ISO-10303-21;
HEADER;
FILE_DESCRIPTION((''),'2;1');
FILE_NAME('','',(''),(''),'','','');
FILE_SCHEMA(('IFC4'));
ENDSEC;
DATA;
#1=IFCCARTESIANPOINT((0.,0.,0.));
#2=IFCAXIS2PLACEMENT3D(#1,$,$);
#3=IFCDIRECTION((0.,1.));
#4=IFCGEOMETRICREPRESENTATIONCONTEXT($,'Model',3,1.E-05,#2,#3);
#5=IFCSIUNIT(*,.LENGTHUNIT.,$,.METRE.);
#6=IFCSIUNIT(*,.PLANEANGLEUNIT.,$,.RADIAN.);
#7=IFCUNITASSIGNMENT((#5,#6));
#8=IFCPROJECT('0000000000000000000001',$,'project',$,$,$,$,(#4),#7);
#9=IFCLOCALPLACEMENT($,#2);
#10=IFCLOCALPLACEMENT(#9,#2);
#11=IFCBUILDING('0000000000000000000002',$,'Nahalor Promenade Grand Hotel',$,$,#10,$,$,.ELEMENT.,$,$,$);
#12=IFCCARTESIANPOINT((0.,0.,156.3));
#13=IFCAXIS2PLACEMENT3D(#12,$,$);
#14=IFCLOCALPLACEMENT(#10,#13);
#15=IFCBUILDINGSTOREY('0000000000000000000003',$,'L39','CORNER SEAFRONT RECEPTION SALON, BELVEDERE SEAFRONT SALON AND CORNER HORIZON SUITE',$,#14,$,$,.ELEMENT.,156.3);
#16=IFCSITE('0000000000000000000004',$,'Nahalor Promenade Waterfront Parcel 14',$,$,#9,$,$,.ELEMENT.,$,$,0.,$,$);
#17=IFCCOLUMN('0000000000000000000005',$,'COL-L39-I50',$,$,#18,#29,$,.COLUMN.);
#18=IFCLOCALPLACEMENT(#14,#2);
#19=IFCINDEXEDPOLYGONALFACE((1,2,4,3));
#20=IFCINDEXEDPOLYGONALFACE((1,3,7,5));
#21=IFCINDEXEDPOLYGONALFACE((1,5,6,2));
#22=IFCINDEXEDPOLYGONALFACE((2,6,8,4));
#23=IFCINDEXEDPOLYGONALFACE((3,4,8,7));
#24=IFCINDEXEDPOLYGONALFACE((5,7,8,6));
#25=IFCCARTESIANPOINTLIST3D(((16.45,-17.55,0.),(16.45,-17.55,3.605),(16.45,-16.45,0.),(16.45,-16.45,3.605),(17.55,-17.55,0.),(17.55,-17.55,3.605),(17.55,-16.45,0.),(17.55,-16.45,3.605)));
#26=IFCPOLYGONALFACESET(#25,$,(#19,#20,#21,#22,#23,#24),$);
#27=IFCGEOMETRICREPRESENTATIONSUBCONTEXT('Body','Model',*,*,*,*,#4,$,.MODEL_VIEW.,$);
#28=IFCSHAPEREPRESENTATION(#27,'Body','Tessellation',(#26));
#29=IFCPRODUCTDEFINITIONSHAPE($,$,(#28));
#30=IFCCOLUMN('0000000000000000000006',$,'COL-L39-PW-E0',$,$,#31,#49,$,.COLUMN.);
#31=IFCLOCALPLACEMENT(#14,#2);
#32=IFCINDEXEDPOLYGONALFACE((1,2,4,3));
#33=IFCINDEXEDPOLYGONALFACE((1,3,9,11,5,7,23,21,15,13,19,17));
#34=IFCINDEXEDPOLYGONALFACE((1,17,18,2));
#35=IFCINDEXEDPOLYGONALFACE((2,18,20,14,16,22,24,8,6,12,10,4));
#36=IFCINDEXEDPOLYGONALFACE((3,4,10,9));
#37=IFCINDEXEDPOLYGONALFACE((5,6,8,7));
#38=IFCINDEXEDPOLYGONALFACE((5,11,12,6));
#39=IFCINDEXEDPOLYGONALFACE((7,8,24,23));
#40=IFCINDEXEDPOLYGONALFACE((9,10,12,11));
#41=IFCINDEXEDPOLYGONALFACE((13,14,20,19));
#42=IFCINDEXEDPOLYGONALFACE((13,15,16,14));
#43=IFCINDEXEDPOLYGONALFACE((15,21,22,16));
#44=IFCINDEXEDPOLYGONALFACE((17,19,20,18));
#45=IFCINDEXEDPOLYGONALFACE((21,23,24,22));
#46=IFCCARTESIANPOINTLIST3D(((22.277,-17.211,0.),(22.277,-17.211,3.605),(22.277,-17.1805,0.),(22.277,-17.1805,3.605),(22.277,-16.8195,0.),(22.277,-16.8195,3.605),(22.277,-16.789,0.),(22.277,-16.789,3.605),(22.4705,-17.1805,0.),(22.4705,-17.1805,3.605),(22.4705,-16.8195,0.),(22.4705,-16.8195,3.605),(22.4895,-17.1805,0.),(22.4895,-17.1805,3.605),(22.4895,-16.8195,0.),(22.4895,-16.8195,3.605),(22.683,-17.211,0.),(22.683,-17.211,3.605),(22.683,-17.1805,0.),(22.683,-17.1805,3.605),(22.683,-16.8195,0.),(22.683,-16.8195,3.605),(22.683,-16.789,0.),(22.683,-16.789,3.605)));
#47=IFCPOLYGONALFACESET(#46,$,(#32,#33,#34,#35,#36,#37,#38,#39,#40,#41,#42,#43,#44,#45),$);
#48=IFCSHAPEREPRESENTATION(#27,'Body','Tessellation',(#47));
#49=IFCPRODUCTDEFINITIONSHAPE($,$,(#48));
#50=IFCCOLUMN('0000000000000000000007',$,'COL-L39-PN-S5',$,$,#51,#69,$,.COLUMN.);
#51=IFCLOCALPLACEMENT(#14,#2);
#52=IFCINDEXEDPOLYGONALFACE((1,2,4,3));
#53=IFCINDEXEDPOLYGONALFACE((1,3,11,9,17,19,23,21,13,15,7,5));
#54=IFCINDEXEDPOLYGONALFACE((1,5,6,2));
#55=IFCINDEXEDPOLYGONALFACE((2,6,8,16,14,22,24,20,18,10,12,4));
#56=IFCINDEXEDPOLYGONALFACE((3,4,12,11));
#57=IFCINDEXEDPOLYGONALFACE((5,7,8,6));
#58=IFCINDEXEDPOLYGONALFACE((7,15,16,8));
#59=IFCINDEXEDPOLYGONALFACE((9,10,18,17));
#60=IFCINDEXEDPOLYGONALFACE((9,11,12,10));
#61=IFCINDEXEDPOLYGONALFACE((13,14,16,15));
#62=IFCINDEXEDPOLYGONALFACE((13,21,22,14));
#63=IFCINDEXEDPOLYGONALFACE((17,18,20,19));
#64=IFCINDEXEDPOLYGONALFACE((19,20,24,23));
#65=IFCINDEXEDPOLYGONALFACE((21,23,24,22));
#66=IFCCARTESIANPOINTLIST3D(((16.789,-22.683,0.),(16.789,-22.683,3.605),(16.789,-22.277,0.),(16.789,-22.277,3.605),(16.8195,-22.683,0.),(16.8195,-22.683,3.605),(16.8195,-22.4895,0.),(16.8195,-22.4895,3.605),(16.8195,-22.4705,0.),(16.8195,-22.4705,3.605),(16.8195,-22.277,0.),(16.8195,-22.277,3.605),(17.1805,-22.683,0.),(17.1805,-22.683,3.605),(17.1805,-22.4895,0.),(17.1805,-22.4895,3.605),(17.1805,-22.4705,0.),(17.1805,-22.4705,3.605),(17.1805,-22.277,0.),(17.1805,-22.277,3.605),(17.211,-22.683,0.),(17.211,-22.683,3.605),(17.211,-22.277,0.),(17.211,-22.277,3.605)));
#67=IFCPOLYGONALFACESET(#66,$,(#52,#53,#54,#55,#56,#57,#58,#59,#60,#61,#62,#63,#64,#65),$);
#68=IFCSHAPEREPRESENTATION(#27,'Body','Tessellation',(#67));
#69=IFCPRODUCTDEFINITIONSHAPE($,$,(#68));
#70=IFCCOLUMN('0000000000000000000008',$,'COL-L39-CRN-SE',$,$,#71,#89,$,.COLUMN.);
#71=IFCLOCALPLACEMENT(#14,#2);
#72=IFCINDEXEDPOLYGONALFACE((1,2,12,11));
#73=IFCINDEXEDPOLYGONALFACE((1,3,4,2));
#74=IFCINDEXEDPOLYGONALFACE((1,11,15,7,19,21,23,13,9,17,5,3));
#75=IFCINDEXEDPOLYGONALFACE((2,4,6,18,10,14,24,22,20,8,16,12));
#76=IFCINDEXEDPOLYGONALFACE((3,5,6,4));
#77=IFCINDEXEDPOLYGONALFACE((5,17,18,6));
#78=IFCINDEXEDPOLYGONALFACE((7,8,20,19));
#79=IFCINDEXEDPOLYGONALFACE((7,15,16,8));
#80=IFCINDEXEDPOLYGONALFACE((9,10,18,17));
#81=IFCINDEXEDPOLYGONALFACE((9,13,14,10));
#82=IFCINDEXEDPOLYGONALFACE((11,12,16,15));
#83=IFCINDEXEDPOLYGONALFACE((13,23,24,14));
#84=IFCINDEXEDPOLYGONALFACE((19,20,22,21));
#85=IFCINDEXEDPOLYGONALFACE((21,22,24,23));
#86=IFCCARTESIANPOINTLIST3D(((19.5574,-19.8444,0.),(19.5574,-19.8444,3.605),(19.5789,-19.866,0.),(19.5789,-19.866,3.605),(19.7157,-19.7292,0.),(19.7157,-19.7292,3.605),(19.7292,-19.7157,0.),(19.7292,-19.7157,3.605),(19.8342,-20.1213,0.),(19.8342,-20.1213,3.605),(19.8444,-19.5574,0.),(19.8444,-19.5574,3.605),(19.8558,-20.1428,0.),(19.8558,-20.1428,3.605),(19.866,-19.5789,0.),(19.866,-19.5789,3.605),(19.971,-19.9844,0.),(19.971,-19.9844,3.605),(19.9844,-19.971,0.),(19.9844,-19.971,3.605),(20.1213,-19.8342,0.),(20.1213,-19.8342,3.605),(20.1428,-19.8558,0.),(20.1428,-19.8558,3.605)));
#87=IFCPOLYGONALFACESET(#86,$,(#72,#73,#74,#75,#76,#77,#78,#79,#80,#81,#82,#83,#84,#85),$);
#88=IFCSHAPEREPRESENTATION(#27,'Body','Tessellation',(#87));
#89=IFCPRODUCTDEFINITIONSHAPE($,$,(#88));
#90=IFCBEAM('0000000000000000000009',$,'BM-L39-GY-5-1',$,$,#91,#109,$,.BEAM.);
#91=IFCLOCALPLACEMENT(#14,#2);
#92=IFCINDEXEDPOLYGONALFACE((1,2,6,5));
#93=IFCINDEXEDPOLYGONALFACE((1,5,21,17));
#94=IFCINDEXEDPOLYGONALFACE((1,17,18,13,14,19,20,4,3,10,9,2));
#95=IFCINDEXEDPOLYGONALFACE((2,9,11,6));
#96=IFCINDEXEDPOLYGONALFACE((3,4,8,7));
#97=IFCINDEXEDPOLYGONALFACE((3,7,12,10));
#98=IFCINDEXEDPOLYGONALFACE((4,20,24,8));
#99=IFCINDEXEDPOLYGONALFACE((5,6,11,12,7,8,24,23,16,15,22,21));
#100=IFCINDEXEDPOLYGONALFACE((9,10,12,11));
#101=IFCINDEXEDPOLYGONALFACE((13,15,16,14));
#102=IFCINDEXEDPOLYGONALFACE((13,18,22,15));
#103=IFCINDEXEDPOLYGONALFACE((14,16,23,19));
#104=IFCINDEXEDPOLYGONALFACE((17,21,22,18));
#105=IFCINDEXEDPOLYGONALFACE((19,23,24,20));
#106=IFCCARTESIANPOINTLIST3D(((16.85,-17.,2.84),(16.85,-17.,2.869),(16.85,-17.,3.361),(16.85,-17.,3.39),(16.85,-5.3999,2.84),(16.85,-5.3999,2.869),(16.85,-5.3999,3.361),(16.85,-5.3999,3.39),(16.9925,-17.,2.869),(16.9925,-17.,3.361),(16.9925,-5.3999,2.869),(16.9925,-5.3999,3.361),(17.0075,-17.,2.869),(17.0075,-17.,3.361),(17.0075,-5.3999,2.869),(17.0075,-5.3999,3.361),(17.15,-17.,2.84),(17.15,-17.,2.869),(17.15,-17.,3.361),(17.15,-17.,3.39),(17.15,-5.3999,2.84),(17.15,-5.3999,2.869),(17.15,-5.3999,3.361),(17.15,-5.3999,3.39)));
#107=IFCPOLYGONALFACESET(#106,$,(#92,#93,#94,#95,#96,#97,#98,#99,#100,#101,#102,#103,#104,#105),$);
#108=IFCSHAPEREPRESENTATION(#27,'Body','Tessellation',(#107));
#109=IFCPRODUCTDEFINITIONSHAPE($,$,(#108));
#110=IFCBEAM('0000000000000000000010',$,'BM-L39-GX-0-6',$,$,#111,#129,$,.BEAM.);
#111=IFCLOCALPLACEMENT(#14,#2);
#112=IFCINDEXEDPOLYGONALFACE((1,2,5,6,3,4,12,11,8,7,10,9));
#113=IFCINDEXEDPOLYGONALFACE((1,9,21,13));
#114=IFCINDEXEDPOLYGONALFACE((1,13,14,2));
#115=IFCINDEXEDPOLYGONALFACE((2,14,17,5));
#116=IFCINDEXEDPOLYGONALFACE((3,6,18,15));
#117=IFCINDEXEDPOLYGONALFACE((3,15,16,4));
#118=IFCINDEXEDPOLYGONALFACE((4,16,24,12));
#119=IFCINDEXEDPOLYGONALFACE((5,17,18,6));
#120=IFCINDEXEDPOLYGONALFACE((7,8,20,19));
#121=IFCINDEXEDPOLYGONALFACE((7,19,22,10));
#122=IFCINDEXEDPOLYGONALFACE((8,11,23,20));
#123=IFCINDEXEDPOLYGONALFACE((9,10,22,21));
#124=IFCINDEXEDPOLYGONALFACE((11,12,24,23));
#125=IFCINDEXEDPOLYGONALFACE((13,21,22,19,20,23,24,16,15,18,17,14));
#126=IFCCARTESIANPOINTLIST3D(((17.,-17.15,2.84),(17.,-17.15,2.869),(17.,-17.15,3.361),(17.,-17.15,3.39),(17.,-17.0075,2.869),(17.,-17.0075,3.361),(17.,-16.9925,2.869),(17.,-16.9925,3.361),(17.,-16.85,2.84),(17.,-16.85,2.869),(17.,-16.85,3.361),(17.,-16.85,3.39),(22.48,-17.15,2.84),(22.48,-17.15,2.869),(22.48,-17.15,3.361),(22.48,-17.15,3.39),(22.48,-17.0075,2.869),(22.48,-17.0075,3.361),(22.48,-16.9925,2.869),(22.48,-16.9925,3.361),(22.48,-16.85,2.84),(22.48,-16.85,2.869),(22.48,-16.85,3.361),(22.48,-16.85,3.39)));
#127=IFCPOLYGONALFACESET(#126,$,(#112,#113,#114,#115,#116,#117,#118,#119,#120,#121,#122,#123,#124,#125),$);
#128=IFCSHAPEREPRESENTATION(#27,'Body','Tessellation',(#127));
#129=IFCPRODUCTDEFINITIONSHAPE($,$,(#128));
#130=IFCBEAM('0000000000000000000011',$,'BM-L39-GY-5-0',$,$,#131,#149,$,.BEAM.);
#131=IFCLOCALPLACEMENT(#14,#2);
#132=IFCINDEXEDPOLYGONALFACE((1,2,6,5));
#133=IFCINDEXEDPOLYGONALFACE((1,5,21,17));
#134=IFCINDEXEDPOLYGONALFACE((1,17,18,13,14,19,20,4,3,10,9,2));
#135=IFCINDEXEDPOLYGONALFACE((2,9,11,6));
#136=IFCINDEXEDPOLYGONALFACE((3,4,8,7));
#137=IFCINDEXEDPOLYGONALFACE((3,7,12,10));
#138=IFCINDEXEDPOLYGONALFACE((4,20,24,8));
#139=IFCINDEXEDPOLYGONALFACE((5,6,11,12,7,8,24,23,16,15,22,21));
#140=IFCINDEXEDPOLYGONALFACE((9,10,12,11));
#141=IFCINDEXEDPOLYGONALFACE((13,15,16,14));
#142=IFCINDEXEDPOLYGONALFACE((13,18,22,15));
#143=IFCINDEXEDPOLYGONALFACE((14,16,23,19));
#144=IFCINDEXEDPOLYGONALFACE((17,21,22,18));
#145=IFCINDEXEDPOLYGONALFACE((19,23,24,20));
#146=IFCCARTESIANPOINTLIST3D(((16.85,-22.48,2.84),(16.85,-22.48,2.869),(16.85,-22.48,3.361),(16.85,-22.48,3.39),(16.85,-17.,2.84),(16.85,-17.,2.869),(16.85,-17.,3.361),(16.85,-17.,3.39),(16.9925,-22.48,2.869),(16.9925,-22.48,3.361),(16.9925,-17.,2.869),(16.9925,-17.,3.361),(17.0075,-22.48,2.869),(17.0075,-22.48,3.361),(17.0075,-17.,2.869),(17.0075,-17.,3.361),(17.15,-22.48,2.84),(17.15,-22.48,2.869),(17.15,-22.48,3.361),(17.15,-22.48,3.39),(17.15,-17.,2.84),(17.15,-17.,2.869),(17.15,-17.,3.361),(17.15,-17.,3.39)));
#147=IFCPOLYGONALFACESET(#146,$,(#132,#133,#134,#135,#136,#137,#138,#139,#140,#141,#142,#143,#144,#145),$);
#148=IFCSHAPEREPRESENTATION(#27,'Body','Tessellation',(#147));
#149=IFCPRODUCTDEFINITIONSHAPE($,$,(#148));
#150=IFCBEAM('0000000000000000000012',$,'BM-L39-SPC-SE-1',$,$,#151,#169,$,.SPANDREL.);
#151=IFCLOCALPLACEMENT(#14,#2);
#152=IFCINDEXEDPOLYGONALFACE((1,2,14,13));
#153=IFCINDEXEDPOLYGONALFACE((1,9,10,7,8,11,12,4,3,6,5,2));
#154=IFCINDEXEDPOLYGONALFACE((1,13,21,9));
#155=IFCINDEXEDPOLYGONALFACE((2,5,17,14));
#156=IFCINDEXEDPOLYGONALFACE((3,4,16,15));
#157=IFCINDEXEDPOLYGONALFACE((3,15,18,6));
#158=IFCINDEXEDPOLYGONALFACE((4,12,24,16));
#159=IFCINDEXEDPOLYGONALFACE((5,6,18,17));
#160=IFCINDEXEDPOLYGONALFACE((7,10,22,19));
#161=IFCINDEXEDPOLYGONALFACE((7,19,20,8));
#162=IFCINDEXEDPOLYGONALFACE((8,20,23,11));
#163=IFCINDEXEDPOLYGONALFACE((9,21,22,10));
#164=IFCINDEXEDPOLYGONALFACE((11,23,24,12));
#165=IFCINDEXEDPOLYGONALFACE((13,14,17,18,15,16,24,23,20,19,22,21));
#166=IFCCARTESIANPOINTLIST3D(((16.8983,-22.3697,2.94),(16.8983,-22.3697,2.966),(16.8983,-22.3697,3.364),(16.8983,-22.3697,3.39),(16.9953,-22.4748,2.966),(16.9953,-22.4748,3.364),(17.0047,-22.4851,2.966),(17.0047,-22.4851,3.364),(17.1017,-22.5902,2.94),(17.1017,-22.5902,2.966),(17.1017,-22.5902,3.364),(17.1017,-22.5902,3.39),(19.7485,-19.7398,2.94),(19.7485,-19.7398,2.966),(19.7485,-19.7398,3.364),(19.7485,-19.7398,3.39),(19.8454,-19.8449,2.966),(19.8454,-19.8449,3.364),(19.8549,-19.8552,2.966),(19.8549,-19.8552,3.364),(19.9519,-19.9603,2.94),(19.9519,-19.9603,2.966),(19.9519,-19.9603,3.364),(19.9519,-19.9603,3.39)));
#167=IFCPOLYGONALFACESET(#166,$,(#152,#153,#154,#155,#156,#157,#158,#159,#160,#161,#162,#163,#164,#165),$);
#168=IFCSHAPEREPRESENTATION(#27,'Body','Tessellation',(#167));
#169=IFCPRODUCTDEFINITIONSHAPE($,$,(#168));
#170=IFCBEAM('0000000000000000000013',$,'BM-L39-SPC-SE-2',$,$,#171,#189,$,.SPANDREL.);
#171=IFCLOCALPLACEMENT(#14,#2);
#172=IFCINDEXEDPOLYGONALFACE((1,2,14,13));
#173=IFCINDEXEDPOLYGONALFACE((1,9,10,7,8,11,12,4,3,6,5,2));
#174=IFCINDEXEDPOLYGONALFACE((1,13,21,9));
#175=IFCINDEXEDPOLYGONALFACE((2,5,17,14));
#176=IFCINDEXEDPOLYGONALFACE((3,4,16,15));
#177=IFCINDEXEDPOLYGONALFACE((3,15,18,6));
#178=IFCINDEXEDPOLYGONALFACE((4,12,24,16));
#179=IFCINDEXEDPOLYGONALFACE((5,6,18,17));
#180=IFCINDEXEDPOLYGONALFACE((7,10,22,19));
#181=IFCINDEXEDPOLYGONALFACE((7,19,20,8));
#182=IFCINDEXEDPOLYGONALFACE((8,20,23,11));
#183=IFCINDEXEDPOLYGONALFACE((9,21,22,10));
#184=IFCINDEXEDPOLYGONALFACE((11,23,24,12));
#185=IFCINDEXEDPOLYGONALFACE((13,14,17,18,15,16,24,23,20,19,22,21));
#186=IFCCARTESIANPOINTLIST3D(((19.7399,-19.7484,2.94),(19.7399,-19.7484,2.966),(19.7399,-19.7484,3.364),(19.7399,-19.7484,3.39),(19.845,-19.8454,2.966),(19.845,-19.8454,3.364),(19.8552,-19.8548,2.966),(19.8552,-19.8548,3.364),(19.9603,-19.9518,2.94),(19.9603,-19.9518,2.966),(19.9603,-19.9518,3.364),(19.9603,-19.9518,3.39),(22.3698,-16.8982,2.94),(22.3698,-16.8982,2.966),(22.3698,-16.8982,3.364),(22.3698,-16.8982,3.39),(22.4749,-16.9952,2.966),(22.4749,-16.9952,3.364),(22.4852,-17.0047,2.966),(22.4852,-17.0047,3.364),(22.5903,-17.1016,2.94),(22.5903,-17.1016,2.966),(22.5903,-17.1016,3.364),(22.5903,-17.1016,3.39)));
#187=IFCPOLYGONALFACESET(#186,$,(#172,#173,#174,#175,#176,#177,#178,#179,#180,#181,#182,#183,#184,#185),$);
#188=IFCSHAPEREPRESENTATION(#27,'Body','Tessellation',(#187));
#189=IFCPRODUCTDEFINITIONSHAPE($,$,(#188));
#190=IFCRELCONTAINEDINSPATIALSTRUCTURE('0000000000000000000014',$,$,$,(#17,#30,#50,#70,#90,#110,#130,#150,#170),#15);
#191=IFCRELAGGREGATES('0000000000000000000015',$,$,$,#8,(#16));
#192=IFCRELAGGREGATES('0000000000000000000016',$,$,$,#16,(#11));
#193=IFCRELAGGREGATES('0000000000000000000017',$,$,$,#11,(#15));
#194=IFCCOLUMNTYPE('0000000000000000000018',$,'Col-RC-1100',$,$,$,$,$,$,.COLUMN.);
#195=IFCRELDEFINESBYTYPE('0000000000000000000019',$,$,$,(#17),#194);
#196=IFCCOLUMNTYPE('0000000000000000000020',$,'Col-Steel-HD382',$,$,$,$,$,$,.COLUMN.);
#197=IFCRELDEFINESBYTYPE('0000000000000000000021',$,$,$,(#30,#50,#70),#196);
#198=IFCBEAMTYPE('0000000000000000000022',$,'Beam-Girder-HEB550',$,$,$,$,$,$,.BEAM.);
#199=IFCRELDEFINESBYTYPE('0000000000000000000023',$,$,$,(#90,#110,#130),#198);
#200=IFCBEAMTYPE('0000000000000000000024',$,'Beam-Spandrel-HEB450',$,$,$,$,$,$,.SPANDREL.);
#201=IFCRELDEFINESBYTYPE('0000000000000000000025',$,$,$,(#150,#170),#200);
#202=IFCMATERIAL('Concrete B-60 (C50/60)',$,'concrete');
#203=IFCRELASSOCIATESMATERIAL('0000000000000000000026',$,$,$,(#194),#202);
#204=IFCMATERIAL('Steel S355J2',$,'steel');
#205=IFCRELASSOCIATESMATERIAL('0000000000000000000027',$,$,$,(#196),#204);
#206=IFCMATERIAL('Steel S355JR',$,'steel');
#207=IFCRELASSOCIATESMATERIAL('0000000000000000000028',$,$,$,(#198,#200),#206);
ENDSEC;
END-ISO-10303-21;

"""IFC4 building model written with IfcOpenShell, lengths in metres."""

from ifc_helpers import new_model, si_unit, direction, frame, origin, origin_2d, place, context, subcontext, project, spatial, rectangle, i_section, extrude, source, transform, mapped, material, material_profile, profile_set, type_object, element, save


model = new_model("IFC4")

# Units and contexts
model_context = context("Model", 3, precision=1e-05, world=origin(), true_north=direction((0.0, 1.0)))
body_context = subcontext(model_context, "Body", "Model", "MODEL_VIEW")
ifc_project = project(units=[si_unit("LENGTHUNIT", "METRE"), si_unit("PLANEANGLEUNIT", "RADIAN")], contexts=[model_context])

# Site, building, storey
site_placement = place(None, origin())
site = spatial("IfcSite", under=ifc_project, at=site_placement, Name="Nahalor Promenade Waterfront Parcel 14", CompositionType="ELEMENT", RefElevation=0.0)
building_placement = place(site_placement, origin())
building = spatial("IfcBuilding", under=site, at=building_placement, Name="Nahalor Promenade Grand Hotel", CompositionType="ELEMENT")
storey_placement = place(building_placement, frame((0.0, 0.0, 156.3)))
storey = spatial("IfcBuildingStorey", under=building, at=storey_placement, Name="L39", Description="CORNER SEAFRONT RECEPTION SALON, BELVEDERE SEAFRONT SALON AND CORNER HORIZON SUITE", CompositionType="ELEMENT", Elevation=156.3)

# Columns
ifc_material_1 = material(Name="Concrete B-60 (C50/60)", Category="concrete")
ifc_material_profile_1 = material_profile(ifc_material_1, rectangle(XDim=1.1, YDim=1.1, at=origin_2d()), Name="RC 1100x1100")
ifc_profile_set_1 = profile_set([ifc_material_profile_1], Name="Concrete B-60 (C50/60)")
column_type_1 = type_object("IfcColumnType", Name="Col-RC-1100", PredefinedType="COLUMN", material=ifc_profile_set_1)
shared_shape_1 = source(origin(), body_context, "Body", "SweptSolid", [
    extrude(rectangle(XDim=1.1, YDim=1.1, at=origin_2d()), origin(), (0.0, 0.0, 1.0), 3.605),
])
column_placement = place(storey_placement, frame((17.0, -17.0, 0.0), z_axis=(0.0, 0.0, 1.0), x_axis=(1.0, 0.0, 0.0)))
element("IfcColumn", 1, at=column_placement, inside=storey, type_object=column_type_1, Name="COL-L39-I50", PredefinedType="COLUMN", context=body_context, shape_type="MappedRepresentation", body=[
    mapped(shared_shape_1, transform((0.0, 0.0, 0.0), scale=1.0)),
])
ifc_material_2 = material(Name="Steel S355J2", Category="steel")
ifc_material_profile_2 = material_profile(ifc_material_2, i_section(OverallWidth=0.406, OverallDepth=0.422, WebThickness=0.019, FlangeThickness=0.0305, at=origin_2d()), Name="HD 400x382")
ifc_profile_set_2 = profile_set([ifc_material_profile_2], Name="Steel S355J2")
column_type_2 = type_object("IfcColumnType", Name="Col-Steel-HD382", PredefinedType="COLUMN", material=ifc_profile_set_2)
shared_shape_2 = source(origin(), body_context, "Body", "SweptSolid", [
    extrude(i_section(OverallWidth=0.406, OverallDepth=0.422, WebThickness=0.019, FlangeThickness=0.0305, at=origin_2d()), origin(), (0.0, 0.0, 1.0), 3.605),
])
for number, where, z_axis, x_axis, name in (
    (2, (22.48, -17.0, 0.0), (0.0, 0.0, 1.0), (1.0, 0.0, 0.0), "COL-L39-PW-E0"),
    (3, (17.0, -22.48, 0.0), (0.0, 0.0, 1.0), (0.0, 1.0, 0.0), "COL-L39-PN-S5"),
    (4, (19.8501, -19.8501, 0.0), (0.0, 0.0, 1.0), (0.707107, 0.707107, 0.0), "COL-L39-CRN-SE"),
):
    element("IfcColumn", number, at=place(storey_placement, frame(where, z_axis=z_axis, x_axis=x_axis)), inside=storey, type_object=column_type_2, Name=name, PredefinedType="COLUMN", context=body_context, shape_type="MappedRepresentation", body=[
        mapped(shared_shape_2, transform((0.0, 0.0, 0.0), scale=1.0)),
    ])

# Beams
ifc_material_3 = material(Name="Steel S355JR", Category="steel")
ifc_material_profile_3 = material_profile(ifc_material_3, i_section(OverallWidth=0.3, OverallDepth=0.55, WebThickness=0.015, FlangeThickness=0.029, at=origin_2d()), Name="HEB 550")
ifc_profile_set_3 = profile_set([ifc_material_profile_3], Name="Steel S355JR")
beam_type_1 = type_object("IfcBeamType", Name="Beam-Girder-HEB550", PredefinedType="BEAM", material=ifc_profile_set_3)
shared_shape_3 = source(origin(), body_context, "Body", "SweptSolid", [
    extrude(i_section(OverallWidth=0.3, OverallDepth=0.55, WebThickness=0.015, FlangeThickness=0.029, at=origin_2d()), origin(), (0.0, 0.0, 1.0), 11.6001),
])
beam_placement = place(storey_placement, frame((17.0, -17.0, 3.115), z_axis=(0.0, 1.0, 0.0), x_axis=(-1.0, 0.0, 0.0)))
element("IfcBeam", 5, at=beam_placement, inside=storey, type_object=beam_type_1, Name="BM-L39-GY-5-1", PredefinedType="BEAM", context=body_context, shape_type="MappedRepresentation", body=[
    mapped(shared_shape_3, transform((0.0, 0.0, 0.0), scale=1.0)),
])
shared_shape_4 = source(origin(), body_context, "Body", "SweptSolid", [
    extrude(i_section(OverallWidth=0.3, OverallDepth=0.55, WebThickness=0.015, FlangeThickness=0.029, at=origin_2d()), origin(), (0.0, 0.0, 1.0), 5.48),
])
for number, where, z_axis, x_axis, name in (
    (6, (17.0, -17.0, 3.115), (1.0, 0.0, 0.0), (0.0, 1.0, 0.0), "BM-L39-GX-0-6"),
    (7, (17.0, -22.48, 3.115), (0.0, 1.0, 0.0), (-1.0, 0.0, 0.0), "BM-L39-GY-5-0"),
):
    element("IfcBeam", number, at=place(storey_placement, frame(where, z_axis=z_axis, x_axis=x_axis)), inside=storey, type_object=beam_type_1, Name=name, PredefinedType="BEAM", context=body_context, shape_type="MappedRepresentation", body=[
        mapped(shared_shape_4, transform((0.0, 0.0, 0.0), scale=1.0)),
    ])
ifc_material_profile_4 = material_profile(ifc_material_3, i_section(OverallWidth=0.3, OverallDepth=0.45, WebThickness=0.014, FlangeThickness=0.026, at=origin_2d()), Name="HEB 450")
ifc_profile_set_4 = profile_set([ifc_material_profile_4], Name="Steel S355JR")
beam_type_2 = type_object("IfcBeamType", Name="Beam-Spandrel-HEB450", PredefinedType="SPANDREL", material=ifc_profile_set_4)
shared_shape_5 = source(origin(), body_context, "Body", "SweptSolid", [
    extrude(i_section(OverallWidth=0.3, OverallDepth=0.45, WebThickness=0.014, FlangeThickness=0.026, at=origin_2d()), origin(), (0.0, 0.0, 1.0), 3.8782),
])
for number, where, z_axis, x_axis, name in (
    (8, (17.0, -22.48, 3.165), (0.734929, 0.678144, 0.0), (-0.678144, 0.734929, 0.0), "BM-L39-SPC-SE-1"),
    (9, (19.8501, -19.8501, 3.165), (0.678144, 0.734929, 0.0), (-0.734929, 0.678144, 0.0), "BM-L39-SPC-SE-2"),
):
    element("IfcBeam", number, at=place(storey_placement, frame(where, z_axis=z_axis, x_axis=x_axis)), inside=storey, type_object=beam_type_2, Name=name, PredefinedType="SPANDREL", context=body_context, shape_type="MappedRepresentation", body=[
        mapped(shared_shape_5, transform((0.0, 0.0, 0.0), scale=1.0)),
    ])

save(model, "model.ifc")
